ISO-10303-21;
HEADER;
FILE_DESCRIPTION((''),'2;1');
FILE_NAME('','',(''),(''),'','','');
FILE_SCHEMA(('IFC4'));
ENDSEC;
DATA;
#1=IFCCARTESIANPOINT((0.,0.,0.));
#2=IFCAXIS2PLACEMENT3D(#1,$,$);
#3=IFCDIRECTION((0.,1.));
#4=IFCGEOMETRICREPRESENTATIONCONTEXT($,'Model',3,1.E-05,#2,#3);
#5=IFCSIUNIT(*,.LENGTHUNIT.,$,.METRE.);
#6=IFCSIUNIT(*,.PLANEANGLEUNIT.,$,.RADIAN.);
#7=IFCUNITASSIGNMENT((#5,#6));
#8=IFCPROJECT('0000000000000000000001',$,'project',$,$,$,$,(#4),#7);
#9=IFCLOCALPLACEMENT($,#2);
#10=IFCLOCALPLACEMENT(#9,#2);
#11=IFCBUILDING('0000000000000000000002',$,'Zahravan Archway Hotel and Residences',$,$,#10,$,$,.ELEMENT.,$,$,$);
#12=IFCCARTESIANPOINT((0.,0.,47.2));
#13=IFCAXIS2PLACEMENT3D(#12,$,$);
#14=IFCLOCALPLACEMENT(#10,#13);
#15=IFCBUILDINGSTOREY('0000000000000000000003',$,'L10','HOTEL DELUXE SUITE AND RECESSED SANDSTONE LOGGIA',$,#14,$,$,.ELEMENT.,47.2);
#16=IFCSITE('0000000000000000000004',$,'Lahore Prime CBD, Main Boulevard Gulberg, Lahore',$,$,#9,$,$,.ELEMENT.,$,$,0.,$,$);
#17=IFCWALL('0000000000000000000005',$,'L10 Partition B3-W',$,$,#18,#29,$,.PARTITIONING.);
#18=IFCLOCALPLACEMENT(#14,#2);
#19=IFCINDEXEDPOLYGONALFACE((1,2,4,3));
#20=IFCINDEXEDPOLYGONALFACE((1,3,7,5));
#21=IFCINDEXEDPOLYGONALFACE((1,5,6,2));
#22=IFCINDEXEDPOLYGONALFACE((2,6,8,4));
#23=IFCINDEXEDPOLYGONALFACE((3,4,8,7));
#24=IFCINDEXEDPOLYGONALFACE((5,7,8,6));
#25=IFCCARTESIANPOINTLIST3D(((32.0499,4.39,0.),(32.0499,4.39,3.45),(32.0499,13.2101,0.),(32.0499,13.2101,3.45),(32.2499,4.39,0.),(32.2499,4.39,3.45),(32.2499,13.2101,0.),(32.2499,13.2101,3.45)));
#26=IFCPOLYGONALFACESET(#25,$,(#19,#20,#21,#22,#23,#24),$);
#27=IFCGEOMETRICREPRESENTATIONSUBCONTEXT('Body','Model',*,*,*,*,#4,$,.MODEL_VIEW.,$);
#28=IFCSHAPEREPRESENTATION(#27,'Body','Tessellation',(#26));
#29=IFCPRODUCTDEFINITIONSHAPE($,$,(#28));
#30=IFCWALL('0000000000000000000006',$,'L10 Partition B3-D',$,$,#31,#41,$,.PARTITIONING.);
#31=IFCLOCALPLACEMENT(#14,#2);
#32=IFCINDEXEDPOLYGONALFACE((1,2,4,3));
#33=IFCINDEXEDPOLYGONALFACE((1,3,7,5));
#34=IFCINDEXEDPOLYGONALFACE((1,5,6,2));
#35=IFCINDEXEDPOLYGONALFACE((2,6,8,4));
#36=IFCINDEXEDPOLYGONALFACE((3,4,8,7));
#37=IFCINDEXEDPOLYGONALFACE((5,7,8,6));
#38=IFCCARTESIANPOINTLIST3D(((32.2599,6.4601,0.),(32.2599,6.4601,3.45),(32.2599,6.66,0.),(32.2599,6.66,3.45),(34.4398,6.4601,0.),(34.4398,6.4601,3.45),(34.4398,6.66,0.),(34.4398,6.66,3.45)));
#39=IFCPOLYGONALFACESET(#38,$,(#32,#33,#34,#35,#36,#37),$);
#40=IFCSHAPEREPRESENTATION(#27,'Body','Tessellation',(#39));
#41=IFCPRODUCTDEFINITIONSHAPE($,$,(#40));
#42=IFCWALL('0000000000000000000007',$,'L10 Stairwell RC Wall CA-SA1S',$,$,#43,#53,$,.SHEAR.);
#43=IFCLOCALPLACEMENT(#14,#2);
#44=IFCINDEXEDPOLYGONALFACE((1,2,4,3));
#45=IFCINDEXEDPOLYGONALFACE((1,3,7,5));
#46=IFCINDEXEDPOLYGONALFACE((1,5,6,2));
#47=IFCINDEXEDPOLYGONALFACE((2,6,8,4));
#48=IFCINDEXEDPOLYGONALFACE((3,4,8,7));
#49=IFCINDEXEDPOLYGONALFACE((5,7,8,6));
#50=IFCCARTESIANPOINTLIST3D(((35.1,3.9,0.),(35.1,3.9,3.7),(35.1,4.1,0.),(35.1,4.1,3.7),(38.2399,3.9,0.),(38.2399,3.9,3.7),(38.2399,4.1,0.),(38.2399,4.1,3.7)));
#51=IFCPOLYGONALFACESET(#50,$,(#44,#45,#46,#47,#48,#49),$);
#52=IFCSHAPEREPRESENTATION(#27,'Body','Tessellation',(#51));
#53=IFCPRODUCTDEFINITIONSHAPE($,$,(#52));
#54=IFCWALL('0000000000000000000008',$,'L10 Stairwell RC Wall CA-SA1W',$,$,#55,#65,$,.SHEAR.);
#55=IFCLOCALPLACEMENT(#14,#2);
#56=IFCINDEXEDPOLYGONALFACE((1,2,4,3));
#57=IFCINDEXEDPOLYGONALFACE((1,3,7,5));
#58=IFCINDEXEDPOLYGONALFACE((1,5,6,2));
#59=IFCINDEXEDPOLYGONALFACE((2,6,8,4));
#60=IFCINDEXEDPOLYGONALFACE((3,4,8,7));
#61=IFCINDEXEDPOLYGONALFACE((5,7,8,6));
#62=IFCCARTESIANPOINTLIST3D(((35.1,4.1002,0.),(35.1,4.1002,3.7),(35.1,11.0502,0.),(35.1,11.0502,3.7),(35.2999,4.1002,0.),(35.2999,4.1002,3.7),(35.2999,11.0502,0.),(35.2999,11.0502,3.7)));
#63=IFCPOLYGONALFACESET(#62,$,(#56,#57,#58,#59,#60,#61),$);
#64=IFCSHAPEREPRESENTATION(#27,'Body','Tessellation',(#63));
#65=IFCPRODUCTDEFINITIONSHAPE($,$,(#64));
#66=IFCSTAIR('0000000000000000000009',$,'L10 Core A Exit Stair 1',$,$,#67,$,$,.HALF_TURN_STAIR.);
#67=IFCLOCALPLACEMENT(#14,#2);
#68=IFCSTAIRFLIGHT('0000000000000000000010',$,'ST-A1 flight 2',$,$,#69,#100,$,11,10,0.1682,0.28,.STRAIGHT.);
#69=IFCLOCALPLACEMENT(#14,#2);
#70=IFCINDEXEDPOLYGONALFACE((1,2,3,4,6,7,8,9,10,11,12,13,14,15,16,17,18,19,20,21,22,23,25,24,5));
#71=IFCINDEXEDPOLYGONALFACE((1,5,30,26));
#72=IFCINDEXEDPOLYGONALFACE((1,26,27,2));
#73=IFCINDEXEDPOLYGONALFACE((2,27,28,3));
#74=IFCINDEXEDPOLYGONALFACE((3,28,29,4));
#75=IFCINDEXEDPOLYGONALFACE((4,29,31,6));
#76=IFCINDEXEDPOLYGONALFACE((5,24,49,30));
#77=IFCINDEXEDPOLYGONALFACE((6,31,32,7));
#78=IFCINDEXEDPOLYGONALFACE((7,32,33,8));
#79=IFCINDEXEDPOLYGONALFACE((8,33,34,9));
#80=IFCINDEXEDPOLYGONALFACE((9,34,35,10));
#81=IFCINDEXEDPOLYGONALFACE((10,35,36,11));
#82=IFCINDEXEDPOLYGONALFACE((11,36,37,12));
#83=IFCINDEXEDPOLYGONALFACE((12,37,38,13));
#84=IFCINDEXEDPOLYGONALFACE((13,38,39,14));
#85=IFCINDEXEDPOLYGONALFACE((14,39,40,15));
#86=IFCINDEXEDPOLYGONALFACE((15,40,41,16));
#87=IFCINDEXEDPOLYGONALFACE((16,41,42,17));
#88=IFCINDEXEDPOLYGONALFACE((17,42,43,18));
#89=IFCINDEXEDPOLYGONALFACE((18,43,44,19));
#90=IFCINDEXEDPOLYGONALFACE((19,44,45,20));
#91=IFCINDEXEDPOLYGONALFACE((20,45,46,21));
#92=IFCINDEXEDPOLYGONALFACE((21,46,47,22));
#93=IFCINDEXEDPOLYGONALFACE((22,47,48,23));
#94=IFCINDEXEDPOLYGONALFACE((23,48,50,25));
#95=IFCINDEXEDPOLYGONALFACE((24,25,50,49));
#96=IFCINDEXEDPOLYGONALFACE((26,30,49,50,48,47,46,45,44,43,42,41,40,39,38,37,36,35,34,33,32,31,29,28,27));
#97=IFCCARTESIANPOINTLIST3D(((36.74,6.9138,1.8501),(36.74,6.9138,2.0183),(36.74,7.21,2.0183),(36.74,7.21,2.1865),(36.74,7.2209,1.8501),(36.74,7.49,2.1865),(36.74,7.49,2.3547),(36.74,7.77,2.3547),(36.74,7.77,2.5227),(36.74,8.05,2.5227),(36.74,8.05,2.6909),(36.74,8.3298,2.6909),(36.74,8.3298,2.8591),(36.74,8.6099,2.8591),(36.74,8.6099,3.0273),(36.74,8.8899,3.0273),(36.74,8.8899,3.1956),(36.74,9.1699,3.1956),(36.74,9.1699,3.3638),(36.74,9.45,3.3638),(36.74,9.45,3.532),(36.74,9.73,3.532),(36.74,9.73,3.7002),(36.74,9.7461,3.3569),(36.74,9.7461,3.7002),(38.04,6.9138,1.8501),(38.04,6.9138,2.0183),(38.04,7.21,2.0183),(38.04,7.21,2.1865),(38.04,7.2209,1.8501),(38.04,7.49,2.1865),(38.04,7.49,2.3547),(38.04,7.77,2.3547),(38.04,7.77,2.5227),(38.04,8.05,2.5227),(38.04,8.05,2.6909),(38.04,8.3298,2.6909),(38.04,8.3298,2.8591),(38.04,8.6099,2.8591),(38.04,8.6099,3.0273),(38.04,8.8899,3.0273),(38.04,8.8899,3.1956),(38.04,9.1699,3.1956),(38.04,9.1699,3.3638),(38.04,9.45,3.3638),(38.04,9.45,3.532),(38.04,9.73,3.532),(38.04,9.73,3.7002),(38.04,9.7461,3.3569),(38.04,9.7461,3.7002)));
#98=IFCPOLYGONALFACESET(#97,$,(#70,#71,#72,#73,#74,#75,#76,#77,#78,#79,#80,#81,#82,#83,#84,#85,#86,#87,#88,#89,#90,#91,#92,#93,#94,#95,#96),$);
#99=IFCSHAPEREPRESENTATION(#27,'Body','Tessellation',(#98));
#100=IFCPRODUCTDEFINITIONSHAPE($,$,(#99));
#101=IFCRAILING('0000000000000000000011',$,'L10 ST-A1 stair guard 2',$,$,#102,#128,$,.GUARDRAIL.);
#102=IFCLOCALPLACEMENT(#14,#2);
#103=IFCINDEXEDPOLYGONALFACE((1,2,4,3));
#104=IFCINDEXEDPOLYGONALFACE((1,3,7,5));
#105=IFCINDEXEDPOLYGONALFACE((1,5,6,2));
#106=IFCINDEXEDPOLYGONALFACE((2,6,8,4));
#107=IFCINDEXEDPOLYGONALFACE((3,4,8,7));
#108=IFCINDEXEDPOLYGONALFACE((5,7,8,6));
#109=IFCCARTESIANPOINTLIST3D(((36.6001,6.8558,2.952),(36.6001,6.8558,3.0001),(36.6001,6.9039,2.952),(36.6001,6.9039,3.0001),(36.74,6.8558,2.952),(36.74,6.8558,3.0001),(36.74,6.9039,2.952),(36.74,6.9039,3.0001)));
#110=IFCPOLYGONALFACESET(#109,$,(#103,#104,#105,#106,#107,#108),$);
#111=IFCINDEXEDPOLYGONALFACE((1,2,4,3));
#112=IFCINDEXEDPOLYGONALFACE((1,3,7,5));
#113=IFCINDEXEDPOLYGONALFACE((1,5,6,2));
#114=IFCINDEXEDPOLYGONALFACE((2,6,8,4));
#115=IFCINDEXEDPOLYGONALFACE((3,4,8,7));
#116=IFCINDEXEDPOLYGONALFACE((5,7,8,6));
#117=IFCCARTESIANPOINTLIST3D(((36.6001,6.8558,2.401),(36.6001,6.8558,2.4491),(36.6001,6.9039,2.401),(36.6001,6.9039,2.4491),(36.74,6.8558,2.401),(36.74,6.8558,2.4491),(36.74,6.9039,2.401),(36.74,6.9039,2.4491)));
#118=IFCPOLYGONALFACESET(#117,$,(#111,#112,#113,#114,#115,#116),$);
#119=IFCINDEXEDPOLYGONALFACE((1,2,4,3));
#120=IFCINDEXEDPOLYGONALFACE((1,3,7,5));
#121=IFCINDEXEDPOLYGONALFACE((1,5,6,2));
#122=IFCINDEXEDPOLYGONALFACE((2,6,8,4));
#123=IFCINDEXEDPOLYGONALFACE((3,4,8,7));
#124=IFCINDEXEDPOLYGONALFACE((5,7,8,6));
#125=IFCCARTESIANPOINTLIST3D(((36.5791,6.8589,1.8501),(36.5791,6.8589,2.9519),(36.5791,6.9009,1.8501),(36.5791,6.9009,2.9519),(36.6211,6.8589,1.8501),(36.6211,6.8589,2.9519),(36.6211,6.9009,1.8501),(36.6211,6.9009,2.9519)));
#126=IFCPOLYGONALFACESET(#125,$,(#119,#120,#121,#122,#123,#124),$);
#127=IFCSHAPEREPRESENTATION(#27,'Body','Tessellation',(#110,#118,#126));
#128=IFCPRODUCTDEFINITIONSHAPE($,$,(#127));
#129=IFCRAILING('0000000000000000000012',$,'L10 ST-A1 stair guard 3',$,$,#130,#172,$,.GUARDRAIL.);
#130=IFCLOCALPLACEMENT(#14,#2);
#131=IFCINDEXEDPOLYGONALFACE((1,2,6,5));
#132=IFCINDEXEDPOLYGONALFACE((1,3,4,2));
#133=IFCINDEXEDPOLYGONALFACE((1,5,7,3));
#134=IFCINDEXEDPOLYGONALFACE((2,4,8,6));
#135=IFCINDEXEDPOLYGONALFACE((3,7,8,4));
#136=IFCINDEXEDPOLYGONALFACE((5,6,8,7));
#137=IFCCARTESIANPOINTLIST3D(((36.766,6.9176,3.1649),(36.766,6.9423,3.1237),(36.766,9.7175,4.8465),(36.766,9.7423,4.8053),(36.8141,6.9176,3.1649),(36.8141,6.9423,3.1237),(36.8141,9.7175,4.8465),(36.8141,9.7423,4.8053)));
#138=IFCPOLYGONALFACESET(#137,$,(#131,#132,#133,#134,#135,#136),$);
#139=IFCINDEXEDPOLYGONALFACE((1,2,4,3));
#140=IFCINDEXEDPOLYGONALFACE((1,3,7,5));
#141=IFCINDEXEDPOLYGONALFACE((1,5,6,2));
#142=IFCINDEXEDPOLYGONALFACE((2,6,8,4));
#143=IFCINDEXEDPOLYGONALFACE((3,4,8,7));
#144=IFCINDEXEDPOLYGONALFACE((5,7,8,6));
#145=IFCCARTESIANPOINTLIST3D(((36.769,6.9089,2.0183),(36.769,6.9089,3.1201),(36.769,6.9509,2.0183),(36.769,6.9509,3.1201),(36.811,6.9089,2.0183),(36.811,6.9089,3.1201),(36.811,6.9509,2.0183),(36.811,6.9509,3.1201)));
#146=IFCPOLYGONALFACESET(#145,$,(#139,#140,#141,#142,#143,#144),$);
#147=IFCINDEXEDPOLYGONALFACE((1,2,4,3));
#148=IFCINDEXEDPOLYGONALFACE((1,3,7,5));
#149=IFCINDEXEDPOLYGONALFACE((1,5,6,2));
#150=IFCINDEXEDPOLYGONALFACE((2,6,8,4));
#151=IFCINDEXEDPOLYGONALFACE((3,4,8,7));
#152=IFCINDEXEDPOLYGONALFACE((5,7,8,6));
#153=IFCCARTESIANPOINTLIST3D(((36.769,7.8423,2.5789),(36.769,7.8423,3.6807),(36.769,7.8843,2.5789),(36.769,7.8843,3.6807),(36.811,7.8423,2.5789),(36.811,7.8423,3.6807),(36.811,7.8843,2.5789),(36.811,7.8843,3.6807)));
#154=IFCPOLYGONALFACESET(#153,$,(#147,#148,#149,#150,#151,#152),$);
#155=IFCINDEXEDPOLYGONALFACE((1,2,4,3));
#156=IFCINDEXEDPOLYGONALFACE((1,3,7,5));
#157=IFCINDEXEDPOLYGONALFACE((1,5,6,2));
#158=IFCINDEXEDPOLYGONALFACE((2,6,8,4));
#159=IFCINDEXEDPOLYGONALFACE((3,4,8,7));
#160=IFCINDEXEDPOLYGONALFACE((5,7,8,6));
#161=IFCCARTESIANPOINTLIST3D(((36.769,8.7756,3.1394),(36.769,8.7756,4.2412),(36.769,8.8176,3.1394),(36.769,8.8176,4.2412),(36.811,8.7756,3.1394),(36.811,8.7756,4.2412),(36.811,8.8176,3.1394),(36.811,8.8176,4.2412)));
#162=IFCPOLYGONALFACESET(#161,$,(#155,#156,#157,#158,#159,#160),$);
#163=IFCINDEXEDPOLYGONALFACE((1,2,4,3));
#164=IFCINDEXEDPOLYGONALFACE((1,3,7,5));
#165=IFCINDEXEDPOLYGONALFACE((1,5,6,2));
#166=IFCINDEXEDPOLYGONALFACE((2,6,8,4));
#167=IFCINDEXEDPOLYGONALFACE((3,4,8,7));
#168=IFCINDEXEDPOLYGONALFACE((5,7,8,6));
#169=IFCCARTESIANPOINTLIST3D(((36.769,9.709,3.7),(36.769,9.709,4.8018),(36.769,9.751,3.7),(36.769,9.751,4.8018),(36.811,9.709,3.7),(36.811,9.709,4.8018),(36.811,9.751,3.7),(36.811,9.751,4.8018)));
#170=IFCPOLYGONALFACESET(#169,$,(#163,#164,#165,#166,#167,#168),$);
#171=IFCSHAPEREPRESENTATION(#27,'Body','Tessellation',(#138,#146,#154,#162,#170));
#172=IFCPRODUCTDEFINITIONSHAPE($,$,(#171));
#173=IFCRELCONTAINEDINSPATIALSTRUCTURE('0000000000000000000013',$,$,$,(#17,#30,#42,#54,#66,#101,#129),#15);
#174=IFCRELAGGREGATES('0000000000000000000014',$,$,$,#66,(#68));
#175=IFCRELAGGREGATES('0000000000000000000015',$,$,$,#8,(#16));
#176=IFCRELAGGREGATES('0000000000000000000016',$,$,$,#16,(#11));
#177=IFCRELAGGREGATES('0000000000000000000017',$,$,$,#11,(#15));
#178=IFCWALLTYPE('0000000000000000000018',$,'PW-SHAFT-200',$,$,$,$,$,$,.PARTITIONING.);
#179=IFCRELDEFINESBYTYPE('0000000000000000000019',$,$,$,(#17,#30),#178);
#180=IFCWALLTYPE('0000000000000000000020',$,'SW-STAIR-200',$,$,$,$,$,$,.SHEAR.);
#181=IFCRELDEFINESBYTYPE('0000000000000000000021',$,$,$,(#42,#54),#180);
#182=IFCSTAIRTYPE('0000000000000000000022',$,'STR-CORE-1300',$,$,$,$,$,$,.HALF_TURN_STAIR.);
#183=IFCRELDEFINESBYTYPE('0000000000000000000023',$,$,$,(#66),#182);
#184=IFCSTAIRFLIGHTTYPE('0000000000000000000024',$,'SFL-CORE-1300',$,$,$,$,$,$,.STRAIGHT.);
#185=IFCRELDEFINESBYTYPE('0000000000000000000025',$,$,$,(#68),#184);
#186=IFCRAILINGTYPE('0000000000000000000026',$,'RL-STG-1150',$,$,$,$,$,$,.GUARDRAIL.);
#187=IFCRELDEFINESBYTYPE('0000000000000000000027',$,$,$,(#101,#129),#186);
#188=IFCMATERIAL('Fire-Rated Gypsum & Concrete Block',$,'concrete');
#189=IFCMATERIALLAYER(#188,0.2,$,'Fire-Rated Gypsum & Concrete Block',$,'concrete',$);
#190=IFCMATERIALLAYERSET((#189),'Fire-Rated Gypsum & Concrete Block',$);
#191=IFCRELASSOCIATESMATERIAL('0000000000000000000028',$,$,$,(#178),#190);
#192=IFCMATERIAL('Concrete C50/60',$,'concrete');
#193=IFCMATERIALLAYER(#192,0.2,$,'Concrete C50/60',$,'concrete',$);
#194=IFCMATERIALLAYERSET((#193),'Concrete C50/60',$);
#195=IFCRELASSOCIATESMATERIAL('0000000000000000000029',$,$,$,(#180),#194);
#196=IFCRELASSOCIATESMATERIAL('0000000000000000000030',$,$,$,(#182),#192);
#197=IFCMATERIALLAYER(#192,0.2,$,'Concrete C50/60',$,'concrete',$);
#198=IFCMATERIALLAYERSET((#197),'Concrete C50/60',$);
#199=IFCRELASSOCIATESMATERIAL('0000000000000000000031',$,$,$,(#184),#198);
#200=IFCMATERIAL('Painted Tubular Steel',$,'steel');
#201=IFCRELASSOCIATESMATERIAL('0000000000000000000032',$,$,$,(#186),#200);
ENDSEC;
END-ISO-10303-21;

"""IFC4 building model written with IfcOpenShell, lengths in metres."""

from ifc_helpers import new_model, si_unit, direction, frame, frame_2d, origin, origin_2d, place, context, subcontext, project, spatial, polyline, rectangle, outline, extrude, source, transform, mapped, material, layer, layer_set, type_object, element, aggregate, save


model = new_model("IFC4")

# Units and contexts
model_context = context("Model", 3, precision=1e-05, world=origin(), true_north=direction((0.0, 1.0)))
body_context = subcontext(model_context, "Body", "Model", "MODEL_VIEW")
ifc_project = project(units=[si_unit("LENGTHUNIT", "METRE"), si_unit("PLANEANGLEUNIT", "RADIAN")], contexts=[model_context])

# Site, building, storey
site_placement = place(None, origin())
site = spatial("IfcSite", under=ifc_project, at=site_placement, Name="Lahore Prime CBD, Main Boulevard Gulberg, Lahore", CompositionType="ELEMENT", RefElevation=0.0)
building_placement = place(site_placement, origin())
building = spatial("IfcBuilding", under=site, at=building_placement, Name="Zahravan Archway Hotel and Residences", CompositionType="ELEMENT")
storey_placement = place(building_placement, frame((0.0, 0.0, 47.2)))
storey = spatial("IfcBuildingStorey", under=building, at=storey_placement, Name="L10", Description="HOTEL DELUXE SUITE AND RECESSED SANDSTONE LOGGIA", CompositionType="ELEMENT", Elevation=47.2)

# Shared definitions
ifc_material_1 = material(Name="Fire-Rated Gypsum & Concrete Block", Category="concrete")

# Walls
ifc_layer_1 = layer(ifc_material_1, 0.2, Name="Fire-Rated Gypsum & Concrete Block", Category="concrete")
ifc_layer_set_1 = layer_set([ifc_layer_1], Name="Fire-Rated Gypsum & Concrete Block")
wall_type_1 = type_object("IfcWallType", Name="PW-SHAFT-200", PredefinedType="PARTITIONING", material=ifc_layer_set_1)
wall_1_placement = place(storey_placement, frame((32.1499, 4.3899, 0.0), z_axis=(0.0, 0.0, 1.0), x_axis=(0.0, 1.0, 0.0)))
element("IfcWall", 1, at=wall_1_placement, inside=storey, type_object=wall_type_1, Name="L10 Partition B3-W", PredefinedType="PARTITIONING", context=body_context, shape_type="SweptSolid", body=[
    extrude(rectangle(XDim=8.8201, YDim=0.2, at=frame_2d((4.4102, 0.0))), origin(), (0.0, 0.0, 1.0), 3.45),
])
wall_2_placement = place(storey_placement, frame((32.26, 6.5601, 0.0), z_axis=(0.0, 0.0, 1.0), x_axis=(1.0, 0.0, 0.0)))
element("IfcWall", 2, at=wall_2_placement, inside=storey, type_object=wall_type_1, Name="L10 Partition B3-D", PredefinedType="PARTITIONING", context=body_context, shape_type="SweptSolid", body=[
    extrude(rectangle(XDim=2.1799, YDim=0.2, at=frame_2d((1.0898, 0.0))), origin(), (0.0, 0.0, 1.0), 3.45),
])
ifc_material_2 = material(Name="Concrete C50/60", Category="concrete")
ifc_layer_2 = layer(ifc_material_2, 0.2, Name="Concrete C50/60", Category="concrete")
ifc_layer_set_2 = layer_set([ifc_layer_2], Name="Concrete C50/60")
wall_type_2 = type_object("IfcWallType", Name="SW-STAIR-200", PredefinedType="SHEAR", material=ifc_layer_set_2)
wall_3_placement = place(storey_placement, frame((35.1001, 4.0, 0.0), z_axis=(0.0, 0.0, 1.0), x_axis=(1.0, 0.0, 0.0)))
element("IfcWall", 3, at=wall_3_placement, inside=storey, type_object=wall_type_2, Name="L10 Stairwell RC Wall CA-SA1S", PredefinedType="SHEAR", context=body_context, shape_type="SweptSolid", body=[
    extrude(rectangle(XDim=3.1399, YDim=0.2, at=frame_2d((1.5698, 0.0))), origin(), (0.0, 0.0, 1.0), 3.7),
])
wall_4_placement = place(storey_placement, frame((35.2, 4.1001, 0.0), z_axis=(0.0, 0.0, 1.0), x_axis=(0.0, 1.0, 0.0)))
element("IfcWall", 4, at=wall_4_placement, inside=storey, type_object=wall_type_2, Name="L10 Stairwell RC Wall CA-SA1W", PredefinedType="SHEAR", context=body_context, shape_type="SweptSolid", body=[
    extrude(rectangle(XDim=6.95, YDim=0.2, at=frame_2d((3.4751, 0.0))), origin(), (0.0, 0.0, 1.0), 3.7),
])

# Stair, stair flight
stair_type = type_object("IfcStairType", Name="STR-CORE-1300", PredefinedType="HALF_TURN_STAIR", material=ifc_material_2)
stair_placement = place(storey_placement, origin())
stair = element("IfcStair", 5, at=stair_placement, inside=storey, type_object=stair_type, Name="L10 Core A Exit Stair 1", PredefinedType="HALF_TURN_STAIR")
ifc_layer_3 = layer(ifc_material_2, 0.2, Name="Concrete C50/60", Category="concrete")
ifc_layer_set_3 = layer_set([ifc_layer_3], Name="Concrete C50/60")
stair_flight_type = type_object("IfcStairFlightType", Name="SFL-CORE-1300", PredefinedType="STRAIGHT", material=ifc_layer_set_3)
shared_shape_1 = source(origin(), body_context, "Body", "SweptSolid", [
    extrude(outline(polyline([(-0.0161, 0.0), (-0.0161, 0.1682), (0.28, 0.1682), (0.28, 0.3364), (0.5601, 0.3364), (0.5601, 0.5046), (0.8401, 0.5046), (0.8401, 0.6726), (1.1201, 0.6726), (1.1201, 0.8408), (1.3999, 0.8408), (1.3999, 1.009), (1.6799, 1.009), (1.6799, 1.1772), (1.96, 1.1772), (1.96, 1.3455), (2.24, 1.3455), (2.24, 1.5137), (2.52, 1.5137), (2.52, 1.6819), (2.8, 1.6819), (2.8, 1.8501), (2.8162, 1.8501), (2.8162, 1.5068), (0.291, 0.0), (-0.0161, 0.0)])), frame((0.0, 0.6499, 0.0), z_axis=(0.0, -1.0, 0.0), x_axis=(1.0, 0.0, 0.0)), (0.0, 0.0, 1.0), 1.3),
])
stair_flight_placement = place(storey_placement, frame((37.3899, 6.9299, 1.8501), z_axis=(0.0, 0.0, 1.0), x_axis=(0.0, 1.0, 0.0)))
stair_flight = element("IfcStairFlight", 6, at=stair_flight_placement, type_object=stair_flight_type, Name="ST-A1 flight 2", NumberOfRisers=11, NumberOfTreads=10, PredefinedType="STRAIGHT", RiserHeight=0.1682, TreadLength=0.28, context=body_context, shape_type="MappedRepresentation", body=[
    mapped(shared_shape_1, transform((0.0, 0.0, 0.0), scale=1.0)),
])
aggregate(stair, [stair_flight])

# Railings
ifc_material_3 = material(Name="Painted Tubular Steel", Category="steel")
railing_type = type_object("IfcRailingType", Name="RL-STG-1150", PredefinedType="GUARDRAIL", material=ifc_material_3)
railing_1_placement = place(storey_placement, frame((36.6001, 6.8799, 1.8501)))
element("IfcRailing", 7, at=railing_1_placement, inside=storey, type_object=railing_type, Name="L10 ST-A1 stair guard 2", PredefinedType="GUARDRAIL", context=body_context, shape_type="SweptSolid", body=[
    extrude(rectangle(XDim=0.0481, YDim=0.0481, at=origin_2d()), frame((0.0, 0.0, 1.126), z_axis=(1.0, 0.0, 0.0), x_axis=(0.0, 1.0, 0.0)), (0.0, 0.0, 1.0), 0.1399),
    extrude(rectangle(XDim=0.0481, YDim=0.0481, at=origin_2d()), frame((0.0, 0.0, 0.575), z_axis=(1.0, 0.0, 0.0), x_axis=(0.0, 1.0, 0.0)), (0.0, 0.0, 1.0), 0.1399),
    extrude(rectangle(XDim=0.042, YDim=0.042, at=origin_2d()), origin(), (0.0, 0.0, 1.0), 1.1018),
])
railing_2_placement = place(storey_placement, frame((36.79, 6.9299, 2.0183)))
element("IfcRailing", 8, at=railing_2_placement, inside=storey, type_object=railing_type, Name="L10 ST-A1 stair guard 3", PredefinedType="GUARDRAIL", context=body_context, shape_type="SweptSolid", body=[
    extrude(rectangle(XDim=0.0481, YDim=0.0481, at=origin_2d()), frame((0.0, 0.0, 1.126), z_axis=(0.0, 0.857275, 0.514858), x_axis=(-1.0, 0.0, 0.0)), (0.0, 0.0, 1.0), 3.2661),
    extrude(rectangle(XDim=0.042, YDim=0.042, at=origin_2d()), origin(), (0.0, 0.0, 1.0), 1.1018),
    extrude(rectangle(XDim=0.042, YDim=0.042, at=origin_2d()), frame((0.0, 0.9333, 0.5605)), (0.0, 0.0, 1.0), 1.1018),
    extrude(rectangle(XDim=0.042, YDim=0.042, at=origin_2d()), frame((0.0, 1.8667, 1.1211)), (0.0, 0.0, 1.0), 1.1018),
    extrude(rectangle(XDim=0.042, YDim=0.042, at=origin_2d()), frame((0.0, 2.8, 1.6816)), (0.0, 0.0, 1.0), 1.1018),
])

save(model, "model.ifc")
